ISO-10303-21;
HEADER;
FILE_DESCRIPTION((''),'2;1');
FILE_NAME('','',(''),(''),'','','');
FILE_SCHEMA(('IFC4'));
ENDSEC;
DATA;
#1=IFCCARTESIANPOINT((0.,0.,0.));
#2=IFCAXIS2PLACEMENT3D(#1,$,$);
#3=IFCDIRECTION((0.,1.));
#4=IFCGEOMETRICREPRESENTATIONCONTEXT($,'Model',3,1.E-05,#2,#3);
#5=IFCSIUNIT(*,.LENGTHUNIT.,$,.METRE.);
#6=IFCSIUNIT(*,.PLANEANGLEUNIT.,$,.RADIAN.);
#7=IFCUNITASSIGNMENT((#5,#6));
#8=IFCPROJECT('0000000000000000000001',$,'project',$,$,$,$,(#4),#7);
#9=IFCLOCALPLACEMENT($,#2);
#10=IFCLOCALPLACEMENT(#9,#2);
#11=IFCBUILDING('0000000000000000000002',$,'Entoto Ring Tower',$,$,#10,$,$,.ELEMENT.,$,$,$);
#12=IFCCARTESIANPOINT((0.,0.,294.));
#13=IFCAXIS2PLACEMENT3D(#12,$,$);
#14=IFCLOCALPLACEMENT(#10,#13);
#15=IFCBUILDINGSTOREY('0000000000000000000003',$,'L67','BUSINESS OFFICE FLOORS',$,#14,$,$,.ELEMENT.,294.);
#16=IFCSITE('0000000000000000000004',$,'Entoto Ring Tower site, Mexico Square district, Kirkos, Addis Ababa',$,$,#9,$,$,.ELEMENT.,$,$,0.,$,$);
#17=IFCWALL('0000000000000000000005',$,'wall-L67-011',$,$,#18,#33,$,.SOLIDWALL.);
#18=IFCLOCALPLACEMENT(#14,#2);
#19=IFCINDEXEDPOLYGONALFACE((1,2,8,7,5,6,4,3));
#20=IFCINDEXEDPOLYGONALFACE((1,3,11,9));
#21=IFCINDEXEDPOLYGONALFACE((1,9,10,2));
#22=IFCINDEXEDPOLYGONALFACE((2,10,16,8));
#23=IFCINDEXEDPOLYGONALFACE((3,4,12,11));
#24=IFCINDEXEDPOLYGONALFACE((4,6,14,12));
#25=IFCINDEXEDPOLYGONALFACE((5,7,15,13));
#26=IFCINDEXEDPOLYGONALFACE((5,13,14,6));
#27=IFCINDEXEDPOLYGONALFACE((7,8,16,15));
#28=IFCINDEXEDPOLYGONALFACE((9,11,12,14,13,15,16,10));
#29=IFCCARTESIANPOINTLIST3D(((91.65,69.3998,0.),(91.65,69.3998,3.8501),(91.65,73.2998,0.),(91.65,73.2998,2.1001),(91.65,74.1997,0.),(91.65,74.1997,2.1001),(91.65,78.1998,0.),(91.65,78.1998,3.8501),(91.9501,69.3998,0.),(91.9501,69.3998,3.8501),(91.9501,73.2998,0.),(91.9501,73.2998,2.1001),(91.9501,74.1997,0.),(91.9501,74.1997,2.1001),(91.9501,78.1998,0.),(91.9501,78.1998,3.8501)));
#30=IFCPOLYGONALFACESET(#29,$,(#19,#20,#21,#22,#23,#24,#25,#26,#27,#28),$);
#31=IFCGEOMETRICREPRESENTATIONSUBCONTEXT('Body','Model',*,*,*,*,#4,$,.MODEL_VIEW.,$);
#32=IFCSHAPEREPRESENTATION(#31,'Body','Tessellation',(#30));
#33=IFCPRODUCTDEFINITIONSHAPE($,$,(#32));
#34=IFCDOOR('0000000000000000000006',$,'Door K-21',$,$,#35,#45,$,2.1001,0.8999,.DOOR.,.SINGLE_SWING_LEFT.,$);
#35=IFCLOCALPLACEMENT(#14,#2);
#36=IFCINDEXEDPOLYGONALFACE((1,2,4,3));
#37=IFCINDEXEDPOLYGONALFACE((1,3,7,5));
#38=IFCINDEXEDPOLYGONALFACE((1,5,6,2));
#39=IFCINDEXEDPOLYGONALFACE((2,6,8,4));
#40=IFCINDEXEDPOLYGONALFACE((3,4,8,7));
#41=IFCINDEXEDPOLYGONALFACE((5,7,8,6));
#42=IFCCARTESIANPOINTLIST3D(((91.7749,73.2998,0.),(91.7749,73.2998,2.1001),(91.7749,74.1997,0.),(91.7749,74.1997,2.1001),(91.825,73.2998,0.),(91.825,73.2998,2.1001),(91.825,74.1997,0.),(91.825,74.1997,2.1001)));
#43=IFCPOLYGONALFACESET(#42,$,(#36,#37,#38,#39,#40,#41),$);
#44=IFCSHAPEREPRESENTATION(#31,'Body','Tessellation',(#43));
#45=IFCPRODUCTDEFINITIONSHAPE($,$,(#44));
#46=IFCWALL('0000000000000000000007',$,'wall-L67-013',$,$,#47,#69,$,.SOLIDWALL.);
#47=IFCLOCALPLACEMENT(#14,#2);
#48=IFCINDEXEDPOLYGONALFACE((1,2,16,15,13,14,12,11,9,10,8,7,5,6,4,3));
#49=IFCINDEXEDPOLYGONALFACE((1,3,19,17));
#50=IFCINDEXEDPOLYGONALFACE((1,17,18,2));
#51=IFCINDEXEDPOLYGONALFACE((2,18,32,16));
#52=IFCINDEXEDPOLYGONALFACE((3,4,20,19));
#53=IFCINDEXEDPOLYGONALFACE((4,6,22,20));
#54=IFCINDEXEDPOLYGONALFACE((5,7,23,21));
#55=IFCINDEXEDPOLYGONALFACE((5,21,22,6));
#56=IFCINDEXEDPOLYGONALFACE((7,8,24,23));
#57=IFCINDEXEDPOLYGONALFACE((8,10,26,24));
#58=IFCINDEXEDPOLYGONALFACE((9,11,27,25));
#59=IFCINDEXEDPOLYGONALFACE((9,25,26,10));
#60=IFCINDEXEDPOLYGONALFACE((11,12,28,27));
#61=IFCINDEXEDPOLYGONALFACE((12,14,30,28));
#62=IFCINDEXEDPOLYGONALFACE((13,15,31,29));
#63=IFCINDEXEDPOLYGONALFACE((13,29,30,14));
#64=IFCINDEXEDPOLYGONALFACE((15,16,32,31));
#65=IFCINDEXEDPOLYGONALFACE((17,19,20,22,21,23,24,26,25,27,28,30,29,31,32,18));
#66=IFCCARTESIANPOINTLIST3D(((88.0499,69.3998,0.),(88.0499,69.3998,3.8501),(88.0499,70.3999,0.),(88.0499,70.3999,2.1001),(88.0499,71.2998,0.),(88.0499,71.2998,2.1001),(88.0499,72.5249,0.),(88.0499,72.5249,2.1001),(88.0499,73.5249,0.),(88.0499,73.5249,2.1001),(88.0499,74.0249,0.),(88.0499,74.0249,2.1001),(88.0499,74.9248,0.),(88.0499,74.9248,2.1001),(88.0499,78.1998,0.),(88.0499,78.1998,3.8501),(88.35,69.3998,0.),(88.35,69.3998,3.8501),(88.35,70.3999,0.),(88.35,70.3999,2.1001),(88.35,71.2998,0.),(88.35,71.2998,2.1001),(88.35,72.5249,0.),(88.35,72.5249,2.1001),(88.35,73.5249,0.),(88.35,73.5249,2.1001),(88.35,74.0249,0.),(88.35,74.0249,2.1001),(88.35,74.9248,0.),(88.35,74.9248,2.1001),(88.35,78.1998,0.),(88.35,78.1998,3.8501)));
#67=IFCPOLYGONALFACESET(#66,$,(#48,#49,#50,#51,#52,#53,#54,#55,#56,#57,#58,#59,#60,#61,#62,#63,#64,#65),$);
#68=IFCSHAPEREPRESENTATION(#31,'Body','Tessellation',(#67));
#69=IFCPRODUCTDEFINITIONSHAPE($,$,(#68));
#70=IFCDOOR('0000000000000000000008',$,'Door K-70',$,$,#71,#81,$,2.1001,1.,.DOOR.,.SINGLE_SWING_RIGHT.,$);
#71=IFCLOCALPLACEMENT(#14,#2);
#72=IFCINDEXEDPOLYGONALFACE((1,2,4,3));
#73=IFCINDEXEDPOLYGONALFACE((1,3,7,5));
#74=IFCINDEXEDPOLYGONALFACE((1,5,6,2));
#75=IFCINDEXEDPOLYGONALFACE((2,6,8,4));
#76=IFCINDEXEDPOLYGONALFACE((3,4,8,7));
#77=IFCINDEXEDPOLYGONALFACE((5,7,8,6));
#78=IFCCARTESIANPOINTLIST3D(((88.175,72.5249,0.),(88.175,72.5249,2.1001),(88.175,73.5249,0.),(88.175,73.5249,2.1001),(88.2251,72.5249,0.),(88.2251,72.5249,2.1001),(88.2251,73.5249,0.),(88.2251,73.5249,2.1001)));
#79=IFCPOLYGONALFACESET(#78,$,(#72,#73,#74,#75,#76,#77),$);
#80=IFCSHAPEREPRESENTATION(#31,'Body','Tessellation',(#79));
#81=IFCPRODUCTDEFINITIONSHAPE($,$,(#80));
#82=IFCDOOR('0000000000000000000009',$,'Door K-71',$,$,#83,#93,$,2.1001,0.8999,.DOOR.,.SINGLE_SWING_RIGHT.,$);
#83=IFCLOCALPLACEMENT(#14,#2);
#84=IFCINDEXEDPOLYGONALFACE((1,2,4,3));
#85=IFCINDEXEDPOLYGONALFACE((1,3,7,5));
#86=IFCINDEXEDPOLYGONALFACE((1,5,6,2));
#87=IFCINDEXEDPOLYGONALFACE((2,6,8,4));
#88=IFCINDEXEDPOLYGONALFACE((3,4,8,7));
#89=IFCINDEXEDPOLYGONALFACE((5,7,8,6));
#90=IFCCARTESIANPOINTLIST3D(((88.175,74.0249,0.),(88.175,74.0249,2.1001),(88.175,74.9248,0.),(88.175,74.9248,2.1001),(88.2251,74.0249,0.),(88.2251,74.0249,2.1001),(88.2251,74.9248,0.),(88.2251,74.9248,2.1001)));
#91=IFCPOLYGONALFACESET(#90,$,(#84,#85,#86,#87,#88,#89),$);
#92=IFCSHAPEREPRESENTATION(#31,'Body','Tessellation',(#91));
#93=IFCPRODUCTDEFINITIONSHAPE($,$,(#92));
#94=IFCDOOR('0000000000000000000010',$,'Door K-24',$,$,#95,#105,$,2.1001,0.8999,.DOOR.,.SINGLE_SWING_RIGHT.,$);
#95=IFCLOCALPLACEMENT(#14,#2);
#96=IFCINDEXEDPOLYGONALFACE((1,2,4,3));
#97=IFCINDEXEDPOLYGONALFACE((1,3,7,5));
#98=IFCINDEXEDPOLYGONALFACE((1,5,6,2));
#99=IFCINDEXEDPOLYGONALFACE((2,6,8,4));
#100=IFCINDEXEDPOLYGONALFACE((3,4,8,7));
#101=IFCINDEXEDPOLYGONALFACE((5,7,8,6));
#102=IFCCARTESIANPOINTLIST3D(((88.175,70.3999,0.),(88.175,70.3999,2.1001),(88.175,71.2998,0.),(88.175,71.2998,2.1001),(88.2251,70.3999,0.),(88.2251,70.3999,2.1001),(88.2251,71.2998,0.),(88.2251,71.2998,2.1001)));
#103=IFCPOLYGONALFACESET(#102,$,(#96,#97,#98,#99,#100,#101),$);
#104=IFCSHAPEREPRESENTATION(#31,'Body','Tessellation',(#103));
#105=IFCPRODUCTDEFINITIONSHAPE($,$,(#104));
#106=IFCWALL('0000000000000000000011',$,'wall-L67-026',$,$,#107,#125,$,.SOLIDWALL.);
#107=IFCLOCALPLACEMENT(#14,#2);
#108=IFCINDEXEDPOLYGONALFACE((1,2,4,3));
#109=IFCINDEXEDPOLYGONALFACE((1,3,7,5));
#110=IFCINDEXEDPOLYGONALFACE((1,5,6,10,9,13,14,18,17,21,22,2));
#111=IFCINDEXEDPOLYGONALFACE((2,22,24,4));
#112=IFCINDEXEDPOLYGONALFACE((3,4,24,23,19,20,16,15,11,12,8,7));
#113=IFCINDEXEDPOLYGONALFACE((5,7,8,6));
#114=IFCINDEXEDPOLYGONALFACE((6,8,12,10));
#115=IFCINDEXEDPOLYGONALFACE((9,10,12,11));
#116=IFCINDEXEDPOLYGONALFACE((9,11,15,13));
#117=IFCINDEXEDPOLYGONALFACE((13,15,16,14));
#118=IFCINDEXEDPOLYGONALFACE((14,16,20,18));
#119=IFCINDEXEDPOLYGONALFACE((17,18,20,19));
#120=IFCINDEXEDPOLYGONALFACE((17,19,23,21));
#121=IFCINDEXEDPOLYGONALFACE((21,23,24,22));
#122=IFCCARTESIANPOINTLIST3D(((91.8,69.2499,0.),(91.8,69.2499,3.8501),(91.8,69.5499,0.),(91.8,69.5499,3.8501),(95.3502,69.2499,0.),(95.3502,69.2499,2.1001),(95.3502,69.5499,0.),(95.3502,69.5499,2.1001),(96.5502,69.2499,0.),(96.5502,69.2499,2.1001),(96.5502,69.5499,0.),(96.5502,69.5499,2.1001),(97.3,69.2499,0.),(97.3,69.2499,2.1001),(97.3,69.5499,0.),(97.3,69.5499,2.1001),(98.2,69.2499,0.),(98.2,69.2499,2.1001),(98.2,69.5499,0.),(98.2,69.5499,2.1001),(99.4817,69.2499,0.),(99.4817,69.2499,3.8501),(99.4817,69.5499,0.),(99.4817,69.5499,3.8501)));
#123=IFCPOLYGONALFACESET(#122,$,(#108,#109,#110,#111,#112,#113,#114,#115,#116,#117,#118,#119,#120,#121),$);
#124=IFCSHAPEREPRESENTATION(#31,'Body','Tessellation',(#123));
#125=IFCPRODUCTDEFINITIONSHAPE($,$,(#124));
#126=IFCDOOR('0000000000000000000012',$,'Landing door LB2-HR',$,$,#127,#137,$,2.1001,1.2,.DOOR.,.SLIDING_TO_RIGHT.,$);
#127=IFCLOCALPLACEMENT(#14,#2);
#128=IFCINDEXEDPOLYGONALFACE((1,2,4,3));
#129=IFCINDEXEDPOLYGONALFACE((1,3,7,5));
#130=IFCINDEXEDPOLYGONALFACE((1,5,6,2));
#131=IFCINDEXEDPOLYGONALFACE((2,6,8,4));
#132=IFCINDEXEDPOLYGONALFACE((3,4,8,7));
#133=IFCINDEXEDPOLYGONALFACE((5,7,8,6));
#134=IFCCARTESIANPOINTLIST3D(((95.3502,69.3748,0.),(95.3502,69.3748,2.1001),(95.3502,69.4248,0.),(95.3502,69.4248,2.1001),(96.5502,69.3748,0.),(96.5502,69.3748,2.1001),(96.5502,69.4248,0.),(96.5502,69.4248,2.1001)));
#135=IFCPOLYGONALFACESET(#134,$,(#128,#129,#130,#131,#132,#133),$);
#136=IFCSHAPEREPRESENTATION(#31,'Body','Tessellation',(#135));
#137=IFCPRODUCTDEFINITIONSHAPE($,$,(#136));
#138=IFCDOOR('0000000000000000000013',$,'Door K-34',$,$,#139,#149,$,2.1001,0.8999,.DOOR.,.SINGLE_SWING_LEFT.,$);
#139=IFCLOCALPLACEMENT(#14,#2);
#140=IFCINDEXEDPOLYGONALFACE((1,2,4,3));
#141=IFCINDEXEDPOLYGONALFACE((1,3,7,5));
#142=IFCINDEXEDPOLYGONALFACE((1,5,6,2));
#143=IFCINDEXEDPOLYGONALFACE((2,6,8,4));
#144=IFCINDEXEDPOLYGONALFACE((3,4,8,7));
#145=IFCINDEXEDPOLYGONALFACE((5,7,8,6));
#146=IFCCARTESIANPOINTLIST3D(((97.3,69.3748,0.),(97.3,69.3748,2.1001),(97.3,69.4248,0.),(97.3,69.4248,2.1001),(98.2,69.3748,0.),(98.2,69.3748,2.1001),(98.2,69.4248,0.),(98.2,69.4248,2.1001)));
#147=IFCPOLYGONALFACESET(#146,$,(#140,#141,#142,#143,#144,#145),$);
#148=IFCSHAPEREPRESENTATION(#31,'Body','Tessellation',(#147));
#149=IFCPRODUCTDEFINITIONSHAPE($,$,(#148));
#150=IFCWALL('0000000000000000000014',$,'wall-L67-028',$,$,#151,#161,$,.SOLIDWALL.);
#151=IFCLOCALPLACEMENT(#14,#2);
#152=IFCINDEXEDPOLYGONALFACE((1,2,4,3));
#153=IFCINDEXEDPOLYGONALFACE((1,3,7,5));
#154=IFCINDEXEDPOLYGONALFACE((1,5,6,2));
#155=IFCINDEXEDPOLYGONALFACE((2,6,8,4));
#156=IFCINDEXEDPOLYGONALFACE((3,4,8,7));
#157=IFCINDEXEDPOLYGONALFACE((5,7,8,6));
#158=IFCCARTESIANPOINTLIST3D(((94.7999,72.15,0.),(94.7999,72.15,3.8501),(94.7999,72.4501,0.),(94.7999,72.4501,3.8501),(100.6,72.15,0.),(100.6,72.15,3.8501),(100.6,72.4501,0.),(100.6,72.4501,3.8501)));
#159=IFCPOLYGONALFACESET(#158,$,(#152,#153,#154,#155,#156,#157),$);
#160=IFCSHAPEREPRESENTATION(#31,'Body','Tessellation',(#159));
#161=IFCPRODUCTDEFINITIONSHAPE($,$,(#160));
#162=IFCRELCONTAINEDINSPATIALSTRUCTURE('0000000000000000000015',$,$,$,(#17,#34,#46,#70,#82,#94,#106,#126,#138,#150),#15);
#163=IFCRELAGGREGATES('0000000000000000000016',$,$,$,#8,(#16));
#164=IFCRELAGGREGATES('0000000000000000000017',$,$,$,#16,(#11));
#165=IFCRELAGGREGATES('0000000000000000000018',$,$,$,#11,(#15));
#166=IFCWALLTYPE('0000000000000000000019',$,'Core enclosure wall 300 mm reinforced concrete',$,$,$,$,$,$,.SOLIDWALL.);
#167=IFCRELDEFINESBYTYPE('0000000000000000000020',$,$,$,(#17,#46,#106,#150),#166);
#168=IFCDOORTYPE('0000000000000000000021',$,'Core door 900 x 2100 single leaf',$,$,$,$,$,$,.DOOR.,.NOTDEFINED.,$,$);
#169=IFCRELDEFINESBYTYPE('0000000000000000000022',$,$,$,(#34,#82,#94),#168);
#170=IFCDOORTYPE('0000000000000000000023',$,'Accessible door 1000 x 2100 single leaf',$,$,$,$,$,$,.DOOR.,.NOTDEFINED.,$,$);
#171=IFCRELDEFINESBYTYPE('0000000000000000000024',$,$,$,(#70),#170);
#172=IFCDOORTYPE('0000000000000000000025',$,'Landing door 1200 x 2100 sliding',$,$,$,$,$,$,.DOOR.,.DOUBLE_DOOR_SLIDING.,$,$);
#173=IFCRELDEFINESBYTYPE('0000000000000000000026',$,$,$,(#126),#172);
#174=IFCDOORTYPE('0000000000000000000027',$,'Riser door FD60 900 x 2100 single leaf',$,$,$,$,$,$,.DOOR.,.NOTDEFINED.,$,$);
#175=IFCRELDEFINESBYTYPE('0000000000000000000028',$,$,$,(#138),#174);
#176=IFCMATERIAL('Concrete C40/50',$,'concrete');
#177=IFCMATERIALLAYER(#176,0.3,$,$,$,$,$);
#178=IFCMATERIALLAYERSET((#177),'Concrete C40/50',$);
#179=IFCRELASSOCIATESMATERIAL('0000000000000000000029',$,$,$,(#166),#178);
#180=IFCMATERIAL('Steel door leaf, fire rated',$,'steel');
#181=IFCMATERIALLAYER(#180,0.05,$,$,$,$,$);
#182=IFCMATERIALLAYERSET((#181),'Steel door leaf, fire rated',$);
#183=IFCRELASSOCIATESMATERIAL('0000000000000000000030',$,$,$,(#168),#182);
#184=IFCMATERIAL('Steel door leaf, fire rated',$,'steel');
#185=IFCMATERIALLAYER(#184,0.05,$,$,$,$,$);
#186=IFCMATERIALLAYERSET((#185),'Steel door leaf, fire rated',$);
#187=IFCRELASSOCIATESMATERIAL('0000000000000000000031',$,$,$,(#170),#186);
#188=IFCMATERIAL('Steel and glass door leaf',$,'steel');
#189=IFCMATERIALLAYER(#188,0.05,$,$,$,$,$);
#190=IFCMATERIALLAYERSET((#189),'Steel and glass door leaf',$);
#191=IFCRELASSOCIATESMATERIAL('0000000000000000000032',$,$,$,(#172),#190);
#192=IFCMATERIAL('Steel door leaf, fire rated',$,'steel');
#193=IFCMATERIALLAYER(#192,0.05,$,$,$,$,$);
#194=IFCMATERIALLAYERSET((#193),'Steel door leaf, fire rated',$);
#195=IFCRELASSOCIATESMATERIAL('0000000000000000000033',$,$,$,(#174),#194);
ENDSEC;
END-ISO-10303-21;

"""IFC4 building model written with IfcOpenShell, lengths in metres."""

from ifc_helpers import new_model, si_unit, direction, frame, frame_2d, origin, place, context, subcontext, project, spatial, rectangle, extrude, material, layer, layer_set, type_object, element, fill, save


model = new_model("IFC4")

# Units and contexts
model_context = context("Model", 3, precision=1e-05, world=origin(), true_north=direction((0.0, 1.0)))
body_context = subcontext(model_context, "Body", "Model", "MODEL_VIEW")
ifc_project = project(units=[si_unit("LENGTHUNIT", "METRE"), si_unit("PLANEANGLEUNIT", "RADIAN")], contexts=[model_context])

# Site, building, storey
site_placement = place(None, origin())
site = spatial("IfcSite", under=ifc_project, at=site_placement, Name="Entoto Ring Tower site, Mexico Square district, Kirkos, Addis Ababa", CompositionType="ELEMENT", RefElevation=0.0)
building_placement = place(site_placement, origin())
building = spatial("IfcBuilding", under=site, at=building_placement, Name="Entoto Ring Tower", CompositionType="ELEMENT")
storey_placement = place(building_placement, frame((0.0, 0.0, 294.0)))
storey = spatial("IfcBuildingStorey", under=building, at=storey_placement, Name="L67", Description="BUSINESS OFFICE FLOORS", CompositionType="ELEMENT", Elevation=294.0)

# Shared definitions
ifc_material_1 = material(Name="Concrete C40/50", Category="concrete")
ifc_layer_1 = layer(ifc_material_1, 0.3)
ifc_layer_set_1 = layer_set([ifc_layer_1], Name="Concrete C40/50")
wall_type_1 = type_object("IfcWallType", Name="Core enclosure wall 300 mm reinforced concrete", PredefinedType="SOLIDWALL", material=ifc_layer_set_1)

# Wall, opening, door
wall_1_placement = place(storey_placement, frame((91.8, 69.3999, 0.0), z_axis=(0.0, 0.0, 1.0), x_axis=(0.0, 1.0, 0.0)))
wall_1 = element("IfcWall", 1, at=wall_1_placement, inside=storey, type_object=wall_type_1, Name="wall-L67-011", PredefinedType="SOLIDWALL", context=body_context, shape_type="SweptSolid", body=[
    extrude(rectangle(XDim=8.8, YDim=0.3, at=frame_2d((4.3999, 0.0))), origin(), (0.0, 0.0, 1.0), 3.8501),
])
opening_1_placement = place(wall_1_placement, frame((3.8999, 0.0, 0.0)))
opening_1 = element("IfcOpeningElement", 2, at=opening_1_placement, cuts=wall_1, PredefinedType="OPENING", context=body_context, shape_type="SweptSolid", body=[
    extrude(rectangle(XDim=0.8999, YDim=2.1001, at=frame_2d((0.45, 1.05))), frame((0.0, 0.1602, 0.0), z_axis=(0.0, -1.0, 0.0), x_axis=(1.0, 0.0, 0.0)), (0.0, 0.0, 1.0), 0.3201),
])
ifc_material_2 = material(Name="Steel door leaf, fire rated", Category="steel")
ifc_layer_2 = layer(ifc_material_2, 0.05)
ifc_layer_set_2 = layer_set([ifc_layer_2], Name="Steel door leaf, fire rated")
door_type_1 = type_object("IfcDoorType", Name="Core door 900 x 2100 single leaf", OperationType="NOTDEFINED", PredefinedType="DOOR", material=ifc_layer_set_2)
door_1_placement = place(opening_1_placement, frame((0.8999, 0.0, 0.0), z_axis=(0.0, 0.0, 1.0), x_axis=(-1.0, 0.0, 0.0)))
door_1 = element("IfcDoor", 3, at=door_1_placement, inside=storey, type_object=door_type_1, Name="Door K-21", OperationType="SINGLE_SWING_LEFT", OverallHeight=2.1001, OverallWidth=0.8999, PredefinedType="DOOR", context=body_context, shape_type="SweptSolid", body=[
    extrude(rectangle(XDim=0.8999, YDim=2.1001, at=frame_2d((0.45, 1.05))), frame((0.0, 0.0249, 0.0), z_axis=(0.0, -1.0, 0.0), x_axis=(1.0, 0.0, 0.0)), (0.0, 0.0, 1.0), 0.05),
])
fill(opening_1, door_1)

# Walls, openings, doors
wall_2_placement = place(storey_placement, frame((88.2, 69.3999, 0.0), z_axis=(0.0, 0.0, 1.0), x_axis=(0.0, 1.0, 0.0)))
wall_2 = element("IfcWall", 4, at=wall_2_placement, inside=storey, type_object=wall_type_1, Name="wall-L67-013", PredefinedType="SOLIDWALL", context=body_context, shape_type="SweptSolid", body=[
    extrude(rectangle(XDim=8.8, YDim=0.3, at=frame_2d((4.3999, 0.0))), origin(), (0.0, 0.0, 1.0), 3.8501),
])
opening_2_placement = place(wall_2_placement, frame((3.125, 0.0, 0.0)))
opening_2 = element("IfcOpeningElement", 5, at=opening_2_placement, cuts=wall_2, PredefinedType="OPENING", context=body_context, shape_type="SweptSolid", body=[
    extrude(rectangle(XDim=1.0, YDim=2.1001, at=frame_2d((0.5, 1.05))), frame((0.0, 0.1602, 0.0), z_axis=(0.0, -1.0, 0.0), x_axis=(1.0, 0.0, 0.0)), (0.0, 0.0, 1.0), 0.3201),
])
opening_3_placement = place(wall_2_placement, frame((4.625, 0.0, 0.0)))
opening_3 = element("IfcOpeningElement", 6, at=opening_3_placement, cuts=wall_2, PredefinedType="OPENING", context=body_context, shape_type="SweptSolid", body=[
    extrude(rectangle(XDim=0.8999, YDim=2.1001, at=frame_2d((0.45, 1.05))), frame((0.0, 0.1602, 0.0), z_axis=(0.0, -1.0, 0.0), x_axis=(1.0, 0.0, 0.0)), (0.0, 0.0, 1.0), 0.3201),
])
opening_4_placement = place(wall_2_placement, frame((1.0, 0.0, 0.0)))
opening_4 = element("IfcOpeningElement", 7, at=opening_4_placement, cuts=wall_2, PredefinedType="OPENING", context=body_context, shape_type="SweptSolid", body=[
    extrude(rectangle(XDim=0.8999, YDim=2.1001, at=frame_2d((0.45, 1.05))), frame((0.0, 0.1602, 0.0), z_axis=(0.0, -1.0, 0.0), x_axis=(1.0, 0.0, 0.0)), (0.0, 0.0, 1.0), 0.3201),
])
ifc_material_3 = material(Name="Steel door leaf, fire rated", Category="steel")
ifc_layer_3 = layer(ifc_material_3, 0.05)
ifc_layer_set_3 = layer_set([ifc_layer_3], Name="Steel door leaf, fire rated")
door_type_2 = type_object("IfcDoorType", Name="Accessible door 1000 x 2100 single leaf", OperationType="NOTDEFINED", PredefinedType="DOOR", material=ifc_layer_set_3)
door_2_placement = place(opening_2_placement, origin())
door_2 = element("IfcDoor", 8, at=door_2_placement, inside=storey, type_object=door_type_2, Name="Door K-70", OperationType="SINGLE_SWING_RIGHT", OverallHeight=2.1001, OverallWidth=1.0, PredefinedType="DOOR", context=body_context, shape_type="SweptSolid", body=[
    extrude(rectangle(XDim=1.0, YDim=2.1001, at=frame_2d((0.5, 1.05))), frame((0.0, 0.0249, 0.0), z_axis=(0.0, -1.0, 0.0), x_axis=(1.0, 0.0, 0.0)), (0.0, 0.0, 1.0), 0.05),
])
fill(opening_2, door_2)
door_3_placement = place(opening_3_placement, origin())
door_3 = element("IfcDoor", 9, at=door_3_placement, inside=storey, type_object=door_type_1, Name="Door K-71", OperationType="SINGLE_SWING_RIGHT", OverallHeight=2.1001, OverallWidth=0.8999, PredefinedType="DOOR", context=body_context, shape_type="SweptSolid", body=[
    extrude(rectangle(XDim=0.8999, YDim=2.1001, at=frame_2d((0.45, 1.05))), frame((0.0, 0.0249, 0.0), z_axis=(0.0, -1.0, 0.0), x_axis=(1.0, 0.0, 0.0)), (0.0, 0.0, 1.0), 0.05),
])
fill(opening_3, door_3)
door_4_placement = place(opening_4_placement, origin())
door_4 = element("IfcDoor", 10, at=door_4_placement, inside=storey, type_object=door_type_1, Name="Door K-24", OperationType="SINGLE_SWING_RIGHT", OverallHeight=2.1001, OverallWidth=0.8999, PredefinedType="DOOR", context=body_context, shape_type="SweptSolid", body=[
    extrude(rectangle(XDim=0.8999, YDim=2.1001, at=frame_2d((0.45, 1.05))), frame((0.0, 0.0249, 0.0), z_axis=(0.0, -1.0, 0.0), x_axis=(1.0, 0.0, 0.0)), (0.0, 0.0, 1.0), 0.05),
])
fill(opening_4, door_4)
wall_3_placement = place(storey_placement, frame((91.8, 69.3999, 0.0), z_axis=(0.0, 0.0, 1.0), x_axis=(1.0, 0.0, 0.0)))
wall_3 = element("IfcWall", 11, at=wall_3_placement, inside=storey, type_object=wall_type_1, Name="wall-L67-026", PredefinedType="SOLIDWALL", context=body_context, shape_type="SweptSolid", body=[
    extrude(rectangle(XDim=7.6816, YDim=0.3, at=frame_2d((3.8408, 0.0))), origin(), (0.0, 0.0, 1.0), 3.8501),
])
opening_5_placement = place(wall_3_placement, frame((3.55, 0.0, 0.0)))
opening_5 = element("IfcOpeningElement", 12, at=opening_5_placement, cuts=wall_3, PredefinedType="OPENING", context=body_context, shape_type="SweptSolid", body=[
    extrude(rectangle(XDim=1.2, YDim=2.1001, at=frame_2d((0.6001, 1.05))), frame((0.0, 0.1602, 0.0), z_axis=(0.0, -1.0, 0.0), x_axis=(1.0, 0.0, 0.0)), (0.0, 0.0, 1.0), 0.3201),
])
opening_6_placement = place(wall_3_placement, frame((5.5, 0.0, 0.0)))
opening_6 = element("IfcOpeningElement", 13, at=opening_6_placement, cuts=wall_3, PredefinedType="OPENING", context=body_context, shape_type="SweptSolid", body=[
    extrude(rectangle(XDim=0.8999, YDim=2.1001, at=frame_2d((0.45, 1.05))), frame((0.0, 0.1602, 0.0), z_axis=(0.0, -1.0, 0.0), x_axis=(1.0, 0.0, 0.0)), (0.0, 0.0, 1.0), 0.3201),
])
ifc_material_4 = material(Name="Steel and glass door leaf", Category="steel")
ifc_layer_4 = layer(ifc_material_4, 0.05)
ifc_layer_set_4 = layer_set([ifc_layer_4], Name="Steel and glass door leaf")
door_type_3 = type_object("IfcDoorType", Name="Landing door 1200 x 2100 sliding", OperationType="DOUBLE_DOOR_SLIDING", PredefinedType="DOOR", material=ifc_layer_set_4)
door_5_placement = place(opening_5_placement, origin())
door_5 = element("IfcDoor", 14, at=door_5_placement, inside=storey, type_object=door_type_3, Name="Landing door LB2-HR", OperationType="SLIDING_TO_RIGHT", OverallHeight=2.1001, OverallWidth=1.2, PredefinedType="DOOR", context=body_context, shape_type="SweptSolid", body=[
    extrude(rectangle(XDim=1.2, YDim=2.1001, at=frame_2d((0.6001, 1.05))), frame((0.0, 0.0249, 0.0), z_axis=(0.0, -1.0, 0.0), x_axis=(1.0, 0.0, 0.0)), (0.0, 0.0, 1.0), 0.05),
])
fill(opening_5, door_5)
ifc_material_5 = material(Name="Steel door leaf, fire rated", Category="steel")
ifc_layer_5 = layer(ifc_material_5, 0.05)
ifc_layer_set_5 = layer_set([ifc_layer_5], Name="Steel door leaf, fire rated")
door_type_4 = type_object("IfcDoorType", Name="Riser door FD60 900 x 2100 single leaf", OperationType="NOTDEFINED", PredefinedType="DOOR", material=ifc_layer_set_5)
door_6_placement = place(opening_6_placement, origin())
door_6 = element("IfcDoor", 15, at=door_6_placement, inside=storey, type_object=door_type_4, Name="Door K-34", OperationType="SINGLE_SWING_LEFT", OverallHeight=2.1001, OverallWidth=0.8999, PredefinedType="DOOR", context=body_context, shape_type="SweptSolid", body=[
    extrude(rectangle(XDim=0.8999, YDim=2.1001, at=frame_2d((0.45, 1.05))), frame((0.0, 0.0249, 0.0), z_axis=(0.0, -1.0, 0.0), x_axis=(1.0, 0.0, 0.0)), (0.0, 0.0, 1.0), 0.05),
])
fill(opening_6, door_6)

# Wall
wall_4_placement = place(storey_placement, frame((94.8, 72.3, 0.0), z_axis=(0.0, 0.0, 1.0), x_axis=(1.0, 0.0, 0.0)))
element("IfcWall", 16, at=wall_4_placement, inside=storey, type_object=wall_type_1, Name="wall-L67-028", PredefinedType="SOLIDWALL", context=body_context, shape_type="SweptSolid", body=[
    extrude(rectangle(XDim=5.8, YDim=0.3, at=frame_2d((2.8999, 0.0))), origin(), (0.0, 0.0, 1.0), 3.8501),
])

save(model, "model.ifc")
